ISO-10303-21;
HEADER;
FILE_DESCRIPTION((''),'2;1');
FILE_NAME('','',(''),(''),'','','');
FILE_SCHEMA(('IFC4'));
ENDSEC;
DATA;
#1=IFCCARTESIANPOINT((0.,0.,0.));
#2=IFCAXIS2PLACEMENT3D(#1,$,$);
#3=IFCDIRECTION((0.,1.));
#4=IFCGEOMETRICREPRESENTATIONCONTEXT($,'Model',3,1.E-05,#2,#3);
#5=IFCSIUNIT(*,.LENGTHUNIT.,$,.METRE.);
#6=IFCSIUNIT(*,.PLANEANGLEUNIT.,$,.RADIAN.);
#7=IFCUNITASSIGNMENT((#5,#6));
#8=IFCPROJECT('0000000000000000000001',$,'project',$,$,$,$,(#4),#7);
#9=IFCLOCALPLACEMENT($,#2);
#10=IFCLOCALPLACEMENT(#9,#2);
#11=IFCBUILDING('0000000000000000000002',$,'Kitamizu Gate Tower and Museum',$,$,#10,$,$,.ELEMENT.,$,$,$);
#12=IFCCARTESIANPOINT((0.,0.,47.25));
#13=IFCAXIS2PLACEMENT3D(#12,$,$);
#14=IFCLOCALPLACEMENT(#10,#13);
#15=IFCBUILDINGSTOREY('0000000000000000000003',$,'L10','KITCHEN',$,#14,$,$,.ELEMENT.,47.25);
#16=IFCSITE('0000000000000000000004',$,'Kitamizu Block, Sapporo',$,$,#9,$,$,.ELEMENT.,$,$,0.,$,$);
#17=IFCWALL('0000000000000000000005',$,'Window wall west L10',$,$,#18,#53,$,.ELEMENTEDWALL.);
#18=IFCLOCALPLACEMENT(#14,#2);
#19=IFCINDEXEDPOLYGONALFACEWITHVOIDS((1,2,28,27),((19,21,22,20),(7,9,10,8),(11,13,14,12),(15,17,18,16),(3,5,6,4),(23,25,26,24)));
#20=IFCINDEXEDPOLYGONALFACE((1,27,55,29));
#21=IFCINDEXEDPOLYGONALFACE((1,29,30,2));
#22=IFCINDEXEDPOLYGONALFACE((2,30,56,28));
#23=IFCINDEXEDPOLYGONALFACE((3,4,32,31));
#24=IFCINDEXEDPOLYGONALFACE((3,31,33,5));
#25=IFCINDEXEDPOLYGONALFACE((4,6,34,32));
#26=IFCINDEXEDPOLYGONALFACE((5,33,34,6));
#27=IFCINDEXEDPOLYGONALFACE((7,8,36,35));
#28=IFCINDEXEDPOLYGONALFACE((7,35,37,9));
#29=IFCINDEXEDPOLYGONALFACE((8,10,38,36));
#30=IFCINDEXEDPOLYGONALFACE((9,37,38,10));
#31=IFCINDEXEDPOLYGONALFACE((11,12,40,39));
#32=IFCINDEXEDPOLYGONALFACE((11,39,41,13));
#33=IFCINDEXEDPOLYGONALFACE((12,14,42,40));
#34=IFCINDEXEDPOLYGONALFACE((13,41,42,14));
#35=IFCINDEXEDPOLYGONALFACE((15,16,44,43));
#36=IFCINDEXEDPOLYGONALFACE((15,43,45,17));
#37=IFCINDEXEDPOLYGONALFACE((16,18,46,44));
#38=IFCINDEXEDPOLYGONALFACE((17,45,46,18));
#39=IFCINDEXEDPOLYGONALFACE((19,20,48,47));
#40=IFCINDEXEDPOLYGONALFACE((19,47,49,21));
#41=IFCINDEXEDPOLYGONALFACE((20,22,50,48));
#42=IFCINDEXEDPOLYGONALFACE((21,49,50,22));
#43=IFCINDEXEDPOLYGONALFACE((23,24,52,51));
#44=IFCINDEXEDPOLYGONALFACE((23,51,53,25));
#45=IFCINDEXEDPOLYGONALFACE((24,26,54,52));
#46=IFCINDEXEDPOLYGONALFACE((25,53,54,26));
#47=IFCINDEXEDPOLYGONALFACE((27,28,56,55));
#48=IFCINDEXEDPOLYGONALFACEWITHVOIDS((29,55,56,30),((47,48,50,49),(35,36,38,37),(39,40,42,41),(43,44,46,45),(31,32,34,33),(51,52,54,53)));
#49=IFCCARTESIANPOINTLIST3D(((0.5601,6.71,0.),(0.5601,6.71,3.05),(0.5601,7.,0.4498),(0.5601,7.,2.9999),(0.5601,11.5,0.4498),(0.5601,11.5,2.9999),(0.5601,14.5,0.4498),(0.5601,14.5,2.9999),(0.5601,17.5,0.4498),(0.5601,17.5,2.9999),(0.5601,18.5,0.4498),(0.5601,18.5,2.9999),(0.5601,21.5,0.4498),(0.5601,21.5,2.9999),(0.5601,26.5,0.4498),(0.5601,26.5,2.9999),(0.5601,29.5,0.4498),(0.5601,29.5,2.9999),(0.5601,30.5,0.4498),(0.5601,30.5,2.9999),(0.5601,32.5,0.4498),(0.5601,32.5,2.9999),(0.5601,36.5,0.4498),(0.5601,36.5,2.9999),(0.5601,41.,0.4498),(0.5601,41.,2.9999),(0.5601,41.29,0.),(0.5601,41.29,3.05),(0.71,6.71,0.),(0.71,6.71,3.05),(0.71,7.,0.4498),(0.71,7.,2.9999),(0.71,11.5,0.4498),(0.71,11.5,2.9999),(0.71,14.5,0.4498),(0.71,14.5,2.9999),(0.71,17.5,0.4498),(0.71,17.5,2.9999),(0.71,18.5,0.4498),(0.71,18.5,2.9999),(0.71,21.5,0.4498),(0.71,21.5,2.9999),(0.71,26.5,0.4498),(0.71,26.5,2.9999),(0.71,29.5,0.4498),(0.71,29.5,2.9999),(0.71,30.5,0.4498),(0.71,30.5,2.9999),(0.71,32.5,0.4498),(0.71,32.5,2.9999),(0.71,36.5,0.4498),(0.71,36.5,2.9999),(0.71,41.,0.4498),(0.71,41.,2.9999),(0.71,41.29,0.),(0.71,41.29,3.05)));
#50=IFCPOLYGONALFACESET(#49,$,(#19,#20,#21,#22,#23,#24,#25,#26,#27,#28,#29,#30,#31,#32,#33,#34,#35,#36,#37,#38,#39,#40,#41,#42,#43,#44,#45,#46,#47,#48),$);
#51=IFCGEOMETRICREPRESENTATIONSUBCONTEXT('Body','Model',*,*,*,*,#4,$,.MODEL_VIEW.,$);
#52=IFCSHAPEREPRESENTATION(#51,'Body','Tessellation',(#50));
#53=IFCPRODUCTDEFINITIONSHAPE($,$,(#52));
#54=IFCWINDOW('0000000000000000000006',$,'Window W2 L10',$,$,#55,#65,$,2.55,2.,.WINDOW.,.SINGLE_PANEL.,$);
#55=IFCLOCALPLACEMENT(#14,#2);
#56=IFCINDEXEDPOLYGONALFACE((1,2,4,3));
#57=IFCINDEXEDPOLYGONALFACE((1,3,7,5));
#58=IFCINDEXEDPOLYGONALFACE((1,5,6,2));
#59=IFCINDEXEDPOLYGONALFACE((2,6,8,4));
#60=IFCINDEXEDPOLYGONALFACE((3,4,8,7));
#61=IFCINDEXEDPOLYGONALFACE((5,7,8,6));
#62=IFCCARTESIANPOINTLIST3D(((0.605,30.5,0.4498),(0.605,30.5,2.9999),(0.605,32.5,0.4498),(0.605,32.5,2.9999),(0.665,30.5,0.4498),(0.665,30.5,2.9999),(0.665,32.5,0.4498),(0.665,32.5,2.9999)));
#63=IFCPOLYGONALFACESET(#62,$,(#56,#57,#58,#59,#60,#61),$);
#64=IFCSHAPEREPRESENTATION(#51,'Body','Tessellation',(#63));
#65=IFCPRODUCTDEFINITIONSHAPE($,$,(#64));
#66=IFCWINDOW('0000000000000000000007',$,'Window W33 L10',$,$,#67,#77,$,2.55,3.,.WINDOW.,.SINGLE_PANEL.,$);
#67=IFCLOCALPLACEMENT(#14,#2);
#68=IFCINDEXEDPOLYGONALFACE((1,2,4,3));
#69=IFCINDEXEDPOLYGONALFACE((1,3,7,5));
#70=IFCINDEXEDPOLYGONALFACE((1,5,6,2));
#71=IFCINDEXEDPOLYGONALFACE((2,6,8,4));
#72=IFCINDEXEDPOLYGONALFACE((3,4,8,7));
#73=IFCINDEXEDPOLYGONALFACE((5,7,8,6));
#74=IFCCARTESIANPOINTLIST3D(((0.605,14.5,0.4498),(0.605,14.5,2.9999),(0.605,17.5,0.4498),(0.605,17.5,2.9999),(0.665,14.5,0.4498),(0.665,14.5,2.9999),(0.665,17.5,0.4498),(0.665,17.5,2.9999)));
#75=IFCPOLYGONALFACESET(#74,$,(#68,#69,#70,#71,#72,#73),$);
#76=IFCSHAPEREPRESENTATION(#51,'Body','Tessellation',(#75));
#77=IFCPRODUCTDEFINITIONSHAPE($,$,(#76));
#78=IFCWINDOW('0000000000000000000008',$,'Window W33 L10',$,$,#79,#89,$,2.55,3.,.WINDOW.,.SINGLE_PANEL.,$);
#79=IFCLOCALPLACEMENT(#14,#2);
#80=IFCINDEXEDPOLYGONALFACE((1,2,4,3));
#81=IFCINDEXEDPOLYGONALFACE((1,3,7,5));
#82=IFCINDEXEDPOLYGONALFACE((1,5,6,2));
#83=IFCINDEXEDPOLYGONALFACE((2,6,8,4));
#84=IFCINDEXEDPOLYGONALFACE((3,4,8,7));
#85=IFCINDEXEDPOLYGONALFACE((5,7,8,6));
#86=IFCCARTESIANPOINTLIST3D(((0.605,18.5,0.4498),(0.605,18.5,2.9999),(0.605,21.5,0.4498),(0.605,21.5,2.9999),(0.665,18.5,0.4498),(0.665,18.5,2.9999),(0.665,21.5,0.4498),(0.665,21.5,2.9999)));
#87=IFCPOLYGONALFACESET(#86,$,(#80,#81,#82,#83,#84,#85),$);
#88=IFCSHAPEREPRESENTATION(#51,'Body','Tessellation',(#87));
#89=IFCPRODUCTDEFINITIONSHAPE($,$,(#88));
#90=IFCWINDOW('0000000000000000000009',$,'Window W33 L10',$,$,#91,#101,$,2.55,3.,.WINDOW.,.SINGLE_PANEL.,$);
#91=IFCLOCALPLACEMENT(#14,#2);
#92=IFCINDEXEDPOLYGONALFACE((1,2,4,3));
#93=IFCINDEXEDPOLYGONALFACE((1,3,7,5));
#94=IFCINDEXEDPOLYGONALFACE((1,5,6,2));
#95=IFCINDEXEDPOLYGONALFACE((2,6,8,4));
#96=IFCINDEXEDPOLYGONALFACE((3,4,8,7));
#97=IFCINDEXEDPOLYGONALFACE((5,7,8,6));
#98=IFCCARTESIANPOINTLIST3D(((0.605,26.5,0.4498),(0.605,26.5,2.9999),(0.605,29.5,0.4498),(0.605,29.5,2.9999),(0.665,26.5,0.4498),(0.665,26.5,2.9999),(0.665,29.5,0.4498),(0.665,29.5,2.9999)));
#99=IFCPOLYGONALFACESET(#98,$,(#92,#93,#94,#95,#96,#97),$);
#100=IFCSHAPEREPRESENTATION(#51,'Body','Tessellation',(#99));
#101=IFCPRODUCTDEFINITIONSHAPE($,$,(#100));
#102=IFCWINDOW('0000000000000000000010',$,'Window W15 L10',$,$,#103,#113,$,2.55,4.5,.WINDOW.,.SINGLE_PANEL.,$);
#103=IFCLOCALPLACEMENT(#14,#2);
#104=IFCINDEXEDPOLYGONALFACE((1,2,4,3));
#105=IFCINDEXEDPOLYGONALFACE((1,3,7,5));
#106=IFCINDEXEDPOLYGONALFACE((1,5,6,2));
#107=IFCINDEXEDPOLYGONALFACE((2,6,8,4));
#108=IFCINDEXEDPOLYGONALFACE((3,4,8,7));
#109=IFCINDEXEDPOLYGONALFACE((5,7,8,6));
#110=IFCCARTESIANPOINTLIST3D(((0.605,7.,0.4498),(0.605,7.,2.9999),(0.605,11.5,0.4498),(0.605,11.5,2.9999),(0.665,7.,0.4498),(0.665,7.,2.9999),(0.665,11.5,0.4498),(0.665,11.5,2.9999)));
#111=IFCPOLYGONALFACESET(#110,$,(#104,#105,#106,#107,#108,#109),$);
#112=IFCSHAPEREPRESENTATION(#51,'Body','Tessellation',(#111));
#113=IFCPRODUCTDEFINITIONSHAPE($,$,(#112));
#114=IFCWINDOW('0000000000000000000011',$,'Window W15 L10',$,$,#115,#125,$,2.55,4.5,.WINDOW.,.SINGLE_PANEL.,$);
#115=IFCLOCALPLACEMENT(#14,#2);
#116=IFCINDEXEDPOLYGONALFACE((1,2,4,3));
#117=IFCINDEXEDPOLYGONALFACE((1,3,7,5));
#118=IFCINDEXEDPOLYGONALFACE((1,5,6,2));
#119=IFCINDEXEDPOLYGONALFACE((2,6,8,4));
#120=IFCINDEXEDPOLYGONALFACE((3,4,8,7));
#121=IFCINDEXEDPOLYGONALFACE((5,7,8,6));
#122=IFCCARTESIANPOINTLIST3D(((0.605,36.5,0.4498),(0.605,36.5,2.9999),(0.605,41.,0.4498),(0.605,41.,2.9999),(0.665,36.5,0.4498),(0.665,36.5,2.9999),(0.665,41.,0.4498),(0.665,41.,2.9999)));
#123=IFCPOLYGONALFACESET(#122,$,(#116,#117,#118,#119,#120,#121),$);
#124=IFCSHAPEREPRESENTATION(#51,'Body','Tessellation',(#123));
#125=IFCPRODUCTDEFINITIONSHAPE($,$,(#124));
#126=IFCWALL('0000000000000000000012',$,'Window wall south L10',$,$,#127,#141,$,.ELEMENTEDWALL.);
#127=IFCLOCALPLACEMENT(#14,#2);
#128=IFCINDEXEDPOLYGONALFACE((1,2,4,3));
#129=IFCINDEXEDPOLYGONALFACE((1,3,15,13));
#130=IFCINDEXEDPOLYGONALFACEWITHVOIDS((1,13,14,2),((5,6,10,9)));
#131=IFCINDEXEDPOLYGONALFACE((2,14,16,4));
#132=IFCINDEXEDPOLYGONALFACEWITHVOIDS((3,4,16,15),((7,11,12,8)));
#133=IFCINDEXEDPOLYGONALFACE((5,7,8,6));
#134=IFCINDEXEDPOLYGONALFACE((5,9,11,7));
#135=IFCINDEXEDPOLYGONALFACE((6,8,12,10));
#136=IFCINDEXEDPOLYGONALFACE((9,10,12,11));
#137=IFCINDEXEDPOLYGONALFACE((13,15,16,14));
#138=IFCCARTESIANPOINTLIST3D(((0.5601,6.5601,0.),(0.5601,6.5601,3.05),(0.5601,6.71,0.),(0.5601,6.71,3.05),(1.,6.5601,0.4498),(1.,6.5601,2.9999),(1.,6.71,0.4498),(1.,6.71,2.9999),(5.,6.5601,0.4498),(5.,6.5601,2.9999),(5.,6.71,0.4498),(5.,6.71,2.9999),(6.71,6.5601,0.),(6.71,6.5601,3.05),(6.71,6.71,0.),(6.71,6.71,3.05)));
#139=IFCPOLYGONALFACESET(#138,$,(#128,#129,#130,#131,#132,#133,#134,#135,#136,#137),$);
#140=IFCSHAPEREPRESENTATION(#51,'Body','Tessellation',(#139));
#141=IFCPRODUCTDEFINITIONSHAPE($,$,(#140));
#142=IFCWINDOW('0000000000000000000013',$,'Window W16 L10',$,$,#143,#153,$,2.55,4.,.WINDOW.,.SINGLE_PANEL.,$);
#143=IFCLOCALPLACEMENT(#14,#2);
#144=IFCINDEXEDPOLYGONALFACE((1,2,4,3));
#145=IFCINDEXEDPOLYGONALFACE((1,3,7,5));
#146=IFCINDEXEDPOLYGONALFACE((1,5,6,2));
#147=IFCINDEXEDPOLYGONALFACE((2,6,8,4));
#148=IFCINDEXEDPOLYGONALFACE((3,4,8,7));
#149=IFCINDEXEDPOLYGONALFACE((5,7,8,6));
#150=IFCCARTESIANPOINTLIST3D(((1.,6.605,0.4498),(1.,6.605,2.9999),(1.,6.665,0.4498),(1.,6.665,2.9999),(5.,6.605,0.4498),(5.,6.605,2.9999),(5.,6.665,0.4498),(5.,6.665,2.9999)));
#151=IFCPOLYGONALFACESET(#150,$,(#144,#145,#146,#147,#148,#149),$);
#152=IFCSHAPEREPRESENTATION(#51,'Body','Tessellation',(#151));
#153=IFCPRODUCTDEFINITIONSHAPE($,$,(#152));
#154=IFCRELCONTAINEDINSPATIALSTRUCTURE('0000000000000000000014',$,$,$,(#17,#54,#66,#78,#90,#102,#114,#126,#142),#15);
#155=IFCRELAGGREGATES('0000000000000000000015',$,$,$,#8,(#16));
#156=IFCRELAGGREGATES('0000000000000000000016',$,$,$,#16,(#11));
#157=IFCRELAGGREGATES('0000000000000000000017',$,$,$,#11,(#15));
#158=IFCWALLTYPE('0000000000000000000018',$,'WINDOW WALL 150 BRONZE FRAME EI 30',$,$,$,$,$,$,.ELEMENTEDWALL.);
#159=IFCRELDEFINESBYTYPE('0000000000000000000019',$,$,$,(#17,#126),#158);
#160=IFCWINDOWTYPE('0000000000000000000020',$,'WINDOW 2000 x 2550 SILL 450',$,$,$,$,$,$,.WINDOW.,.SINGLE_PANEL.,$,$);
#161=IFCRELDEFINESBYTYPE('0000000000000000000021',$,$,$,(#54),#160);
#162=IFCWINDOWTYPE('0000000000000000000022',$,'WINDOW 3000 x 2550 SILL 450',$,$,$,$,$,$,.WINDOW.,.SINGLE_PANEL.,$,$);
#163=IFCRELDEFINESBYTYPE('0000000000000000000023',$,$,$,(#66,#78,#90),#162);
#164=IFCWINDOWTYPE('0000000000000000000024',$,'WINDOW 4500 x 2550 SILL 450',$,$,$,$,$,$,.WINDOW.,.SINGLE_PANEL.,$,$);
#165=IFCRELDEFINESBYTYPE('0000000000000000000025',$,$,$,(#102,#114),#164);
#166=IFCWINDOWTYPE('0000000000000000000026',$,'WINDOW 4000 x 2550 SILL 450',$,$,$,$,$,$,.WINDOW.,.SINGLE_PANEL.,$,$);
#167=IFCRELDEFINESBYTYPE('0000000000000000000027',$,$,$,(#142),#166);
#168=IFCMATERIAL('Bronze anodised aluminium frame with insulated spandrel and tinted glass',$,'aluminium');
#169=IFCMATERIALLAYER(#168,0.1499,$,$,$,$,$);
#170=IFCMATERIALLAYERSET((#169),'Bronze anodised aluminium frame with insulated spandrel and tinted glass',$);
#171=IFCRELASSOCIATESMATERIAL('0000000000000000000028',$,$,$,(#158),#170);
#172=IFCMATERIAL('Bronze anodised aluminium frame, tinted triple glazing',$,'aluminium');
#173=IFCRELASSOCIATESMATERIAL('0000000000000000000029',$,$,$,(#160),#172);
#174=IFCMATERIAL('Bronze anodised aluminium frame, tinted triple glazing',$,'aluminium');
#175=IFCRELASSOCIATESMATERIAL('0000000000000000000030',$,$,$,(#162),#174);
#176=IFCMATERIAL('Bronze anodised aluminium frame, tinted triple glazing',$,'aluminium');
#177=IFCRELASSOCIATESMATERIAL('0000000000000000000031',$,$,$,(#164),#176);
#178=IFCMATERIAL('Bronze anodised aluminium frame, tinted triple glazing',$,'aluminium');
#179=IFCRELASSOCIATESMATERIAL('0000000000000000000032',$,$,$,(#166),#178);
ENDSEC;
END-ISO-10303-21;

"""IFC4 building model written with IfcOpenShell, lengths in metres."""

from ifc_helpers import new_model, si_unit, direction, frame, frame_2d, origin, place, context, subcontext, project, spatial, rectangle, extrude, material, layer, layer_set, type_object, element, fill, save


model = new_model("IFC4")

# Units and contexts
model_context = context("Model", 3, precision=1e-05, world=origin(), true_north=direction((0.0, 1.0)))
body_context = subcontext(model_context, "Body", "Model", "MODEL_VIEW")
ifc_project = project(units=[si_unit("LENGTHUNIT", "METRE"), si_unit("PLANEANGLEUNIT", "RADIAN")], contexts=[model_context])

# Site, building, storey
site_placement = place(None, origin())
site = spatial("IfcSite", under=ifc_project, at=site_placement, Name="Kitamizu Block, Sapporo", CompositionType="ELEMENT", RefElevation=0.0)
building_placement = place(site_placement, origin())
building = spatial("IfcBuilding", under=site, at=building_placement, Name="Kitamizu Gate Tower and Museum", CompositionType="ELEMENT")
storey_placement = place(building_placement, frame((0.0, 0.0, 47.25)))
storey = spatial("IfcBuildingStorey", under=building, at=storey_placement, Name="L10", Description="KITCHEN", CompositionType="ELEMENT", Elevation=47.25)

# Wall, openings, windows
ifc_material_1 = material(Name="Bronze anodised aluminium frame with insulated spandrel and tinted glass", Category="aluminium")
ifc_layer_1 = layer(ifc_material_1, 0.1499)
ifc_layer_set_1 = layer_set([ifc_layer_1], Name="Bronze anodised aluminium frame with insulated spandrel and tinted glass")
wall_type = type_object("IfcWallType", Name="WINDOW WALL 150 BRONZE FRAME EI 30", PredefinedType="ELEMENTEDWALL", material=ifc_layer_set_1)
wall_1_placement = place(storey_placement, frame((0.635, 6.71, 0.0), z_axis=(0.0, 0.0, 1.0), x_axis=(0.0, 1.0, 0.0)))
wall_1 = element("IfcWall", 1, at=wall_1_placement, inside=storey, type_object=wall_type, Name="Window wall west L10", PredefinedType="ELEMENTEDWALL", context=body_context, shape_type="SweptSolid", body=[
    extrude(rectangle(XDim=34.5801, YDim=0.1499, at=frame_2d((17.29, 0.0))), origin(), (0.0, 0.0, 1.0), 3.05),
])
opening_1_placement = place(wall_1_placement, frame((0.29, 0.0, 0.45)))
opening_1 = element("IfcOpeningElement", 2, at=opening_1_placement, cuts=wall_1, PredefinedType="OPENING", context=body_context, shape_type="SweptSolid", body=[
    extrude(rectangle(XDim=4.5, YDim=2.55, at=frame_2d((2.25, 1.2749))), frame((0.0, 0.085, 0.0), z_axis=(0.0, -1.0, 0.0), x_axis=(1.0, 0.0, 0.0)), (0.0, 0.0, 1.0), 0.1699),
])
opening_2_placement = place(wall_1_placement, frame((7.79, 0.0, 0.45)))
opening_2 = element("IfcOpeningElement", 3, at=opening_2_placement, cuts=wall_1, PredefinedType="OPENING", context=body_context, shape_type="SweptSolid", body=[
    extrude(rectangle(XDim=3.0, YDim=2.55, at=frame_2d((1.5, 1.2749))), frame((0.0, 0.085, 0.0), z_axis=(0.0, -1.0, 0.0), x_axis=(1.0, 0.0, 0.0)), (0.0, 0.0, 1.0), 0.1699),
])
opening_3_placement = place(wall_1_placement, frame((11.79, 0.0, 0.45)))
opening_3 = element("IfcOpeningElement", 4, at=opening_3_placement, cuts=wall_1, PredefinedType="OPENING", context=body_context, shape_type="SweptSolid", body=[
    extrude(rectangle(XDim=3.0, YDim=2.55, at=frame_2d((1.5, 1.2749))), frame((0.0, 0.085, 0.0), z_axis=(0.0, -1.0, 0.0), x_axis=(1.0, 0.0, 0.0)), (0.0, 0.0, 1.0), 0.1699),
])
opening_4_placement = place(wall_1_placement, frame((19.79, 0.0, 0.45)))
opening_4 = element("IfcOpeningElement", 5, at=opening_4_placement, cuts=wall_1, PredefinedType="OPENING", context=body_context, shape_type="SweptSolid", body=[
    extrude(rectangle(XDim=3.0, YDim=2.55, at=frame_2d((1.5, 1.2749))), frame((0.0, 0.085, 0.0), z_axis=(0.0, -1.0, 0.0), x_axis=(1.0, 0.0, 0.0)), (0.0, 0.0, 1.0), 0.1699),
])
opening_5_placement = place(wall_1_placement, frame((23.79, 0.0, 0.45)))
opening_5 = element("IfcOpeningElement", 6, at=opening_5_placement, cuts=wall_1, PredefinedType="OPENING", context=body_context, shape_type="SweptSolid", body=[
    extrude(rectangle(XDim=2.0, YDim=2.55, at=frame_2d((1.0, 1.2749))), frame((0.0, 0.085, 0.0), z_axis=(0.0, -1.0, 0.0), x_axis=(1.0, 0.0, 0.0)), (0.0, 0.0, 1.0), 0.1699),
])
opening_6_placement = place(wall_1_placement, frame((29.79, 0.0, 0.45)))
opening_6 = element("IfcOpeningElement", 7, at=opening_6_placement, cuts=wall_1, PredefinedType="OPENING", context=body_context, shape_type="SweptSolid", body=[
    extrude(rectangle(XDim=4.5, YDim=2.55, at=frame_2d((2.25, 1.2749))), frame((0.0, 0.085, 0.0), z_axis=(0.0, -1.0, 0.0), x_axis=(1.0, 0.0, 0.0)), (0.0, 0.0, 1.0), 0.1699),
])
ifc_material_2 = material(Name="Bronze anodised aluminium frame, tinted triple glazing", Category="aluminium")
window_type_1 = type_object("IfcWindowType", Name="WINDOW 2000 x 2550 SILL 450", PartitioningType="SINGLE_PANEL", PredefinedType="WINDOW", material=ifc_material_2)
window_1_placement = place(opening_5_placement, origin())
window_1 = element("IfcWindow", 8, at=window_1_placement, inside=storey, type_object=window_type_1, Name="Window W2 L10", OverallHeight=2.55, OverallWidth=2.0, PartitioningType="SINGLE_PANEL", PredefinedType="WINDOW", context=body_context, shape_type="SweptSolid", body=[
    extrude(rectangle(XDim=2.0, YDim=2.55, at=frame_2d((1.0, 1.2749))), frame((0.0, 0.03, 0.0), z_axis=(0.0, -1.0, 0.0), x_axis=(1.0, 0.0, 0.0)), (0.0, 0.0, 1.0), 0.0601),
])
fill(opening_5, window_1)
ifc_material_3 = material(Name="Bronze anodised aluminium frame, tinted triple glazing", Category="aluminium")
window_type_2 = type_object("IfcWindowType", Name="WINDOW 3000 x 2550 SILL 450", PartitioningType="SINGLE_PANEL", PredefinedType="WINDOW", material=ifc_material_3)
window_2_placement = place(opening_2_placement, origin())
window_2 = element("IfcWindow", 9, at=window_2_placement, inside=storey, type_object=window_type_2, Name="Window W33 L10", OverallHeight=2.55, OverallWidth=3.0, PartitioningType="SINGLE_PANEL", PredefinedType="WINDOW", context=body_context, shape_type="SweptSolid", body=[
    extrude(rectangle(XDim=3.0, YDim=2.55, at=frame_2d((1.5, 1.2749))), frame((0.0, 0.03, 0.0), z_axis=(0.0, -1.0, 0.0), x_axis=(1.0, 0.0, 0.0)), (0.0, 0.0, 1.0), 0.0601),
])
fill(opening_2, window_2)
window_3_placement = place(opening_3_placement, origin())
window_3 = element("IfcWindow", 10, at=window_3_placement, inside=storey, type_object=window_type_2, Name="Window W33 L10", OverallHeight=2.55, OverallWidth=3.0, PartitioningType="SINGLE_PANEL", PredefinedType="WINDOW", context=body_context, shape_type="SweptSolid", body=[
    extrude(rectangle(XDim=3.0, YDim=2.55, at=frame_2d((1.5, 1.2749))), frame((0.0, 0.03, 0.0), z_axis=(0.0, -1.0, 0.0), x_axis=(1.0, 0.0, 0.0)), (0.0, 0.0, 1.0), 0.0601),
])
fill(opening_3, window_3)
window_4_placement = place(opening_4_placement, origin())
window_4 = element("IfcWindow", 11, at=window_4_placement, inside=storey, type_object=window_type_2, Name="Window W33 L10", OverallHeight=2.55, OverallWidth=3.0, PartitioningType="SINGLE_PANEL", PredefinedType="WINDOW", context=body_context, shape_type="SweptSolid", body=[
    extrude(rectangle(XDim=3.0, YDim=2.55, at=frame_2d((1.5, 1.2749))), frame((0.0, 0.03, 0.0), z_axis=(0.0, -1.0, 0.0), x_axis=(1.0, 0.0, 0.0)), (0.0, 0.0, 1.0), 0.0601),
])
fill(opening_4, window_4)
ifc_material_4 = material(Name="Bronze anodised aluminium frame, tinted triple glazing", Category="aluminium")
window_type_3 = type_object("IfcWindowType", Name="WINDOW 4500 x 2550 SILL 450", PartitioningType="SINGLE_PANEL", PredefinedType="WINDOW", material=ifc_material_4)
window_5_placement = place(opening_1_placement, origin())
window_5 = element("IfcWindow", 12, at=window_5_placement, inside=storey, type_object=window_type_3, Name="Window W15 L10", OverallHeight=2.55, OverallWidth=4.5, PartitioningType="SINGLE_PANEL", PredefinedType="WINDOW", context=body_context, shape_type="SweptSolid", body=[
    extrude(rectangle(XDim=4.5, YDim=2.55, at=frame_2d((2.25, 1.2749))), frame((0.0, 0.03, 0.0), z_axis=(0.0, -1.0, 0.0), x_axis=(1.0, 0.0, 0.0)), (0.0, 0.0, 1.0), 0.0601),
])
fill(opening_1, window_5)
window_6_placement = place(opening_6_placement, origin())
window_6 = element("IfcWindow", 13, at=window_6_placement, inside=storey, type_object=window_type_3, Name="Window W15 L10", OverallHeight=2.55, OverallWidth=4.5, PartitioningType="SINGLE_PANEL", PredefinedType="WINDOW", context=body_context, shape_type="SweptSolid", body=[
    extrude(rectangle(XDim=4.5, YDim=2.55, at=frame_2d((2.25, 1.2749))), frame((0.0, 0.03, 0.0), z_axis=(0.0, -1.0, 0.0), x_axis=(1.0, 0.0, 0.0)), (0.0, 0.0, 1.0), 0.0601),
])
fill(opening_6, window_6)

# Wall, opening, window
wall_2_placement = place(storey_placement, frame((0.5601, 6.635, 0.0), z_axis=(0.0, 0.0, 1.0), x_axis=(1.0, 0.0, 0.0)))
wall_2 = element("IfcWall", 14, at=wall_2_placement, inside=storey, type_object=wall_type, Name="Window wall south L10", PredefinedType="ELEMENTEDWALL", context=body_context, shape_type="SweptSolid", body=[
    extrude(rectangle(XDim=6.1499, YDim=0.1499, at=frame_2d((3.075, 0.0))), origin(), (0.0, 0.0, 1.0), 3.05),
])
opening_7_placement = place(wall_2_placement, frame((0.4399, 0.0, 0.45)))
opening_7 = element("IfcOpeningElement", 15, at=opening_7_placement, cuts=wall_2, PredefinedType="OPENING", context=body_context, shape_type="SweptSolid", body=[
    extrude(rectangle(XDim=4.0, YDim=2.55, at=frame_2d((2.0, 1.2749))), frame((0.0, 0.085, 0.0), z_axis=(0.0, -1.0, 0.0), x_axis=(1.0, 0.0, 0.0)), (0.0, 0.0, 1.0), 0.1699),
])
ifc_material_5 = material(Name="Bronze anodised aluminium frame, tinted triple glazing", Category="aluminium")
window_type_4 = type_object("IfcWindowType", Name="WINDOW 4000 x 2550 SILL 450", PartitioningType="SINGLE_PANEL", PredefinedType="WINDOW", material=ifc_material_5)
window_7_placement = place(opening_7_placement, origin())
window_7 = element("IfcWindow", 16, at=window_7_placement, inside=storey, type_object=window_type_4, Name="Window W16 L10", OverallHeight=2.55, OverallWidth=4.0, PartitioningType="SINGLE_PANEL", PredefinedType="WINDOW", context=body_context, shape_type="SweptSolid", body=[
    extrude(rectangle(XDim=4.0, YDim=2.55, at=frame_2d((2.0, 1.2749))), frame((0.0, 0.03, 0.0), z_axis=(0.0, -1.0, 0.0), x_axis=(1.0, 0.0, 0.0)), (0.0, 0.0, 1.0), 0.0601),
])
fill(opening_7, window_7)

save(model, "model.ifc")
